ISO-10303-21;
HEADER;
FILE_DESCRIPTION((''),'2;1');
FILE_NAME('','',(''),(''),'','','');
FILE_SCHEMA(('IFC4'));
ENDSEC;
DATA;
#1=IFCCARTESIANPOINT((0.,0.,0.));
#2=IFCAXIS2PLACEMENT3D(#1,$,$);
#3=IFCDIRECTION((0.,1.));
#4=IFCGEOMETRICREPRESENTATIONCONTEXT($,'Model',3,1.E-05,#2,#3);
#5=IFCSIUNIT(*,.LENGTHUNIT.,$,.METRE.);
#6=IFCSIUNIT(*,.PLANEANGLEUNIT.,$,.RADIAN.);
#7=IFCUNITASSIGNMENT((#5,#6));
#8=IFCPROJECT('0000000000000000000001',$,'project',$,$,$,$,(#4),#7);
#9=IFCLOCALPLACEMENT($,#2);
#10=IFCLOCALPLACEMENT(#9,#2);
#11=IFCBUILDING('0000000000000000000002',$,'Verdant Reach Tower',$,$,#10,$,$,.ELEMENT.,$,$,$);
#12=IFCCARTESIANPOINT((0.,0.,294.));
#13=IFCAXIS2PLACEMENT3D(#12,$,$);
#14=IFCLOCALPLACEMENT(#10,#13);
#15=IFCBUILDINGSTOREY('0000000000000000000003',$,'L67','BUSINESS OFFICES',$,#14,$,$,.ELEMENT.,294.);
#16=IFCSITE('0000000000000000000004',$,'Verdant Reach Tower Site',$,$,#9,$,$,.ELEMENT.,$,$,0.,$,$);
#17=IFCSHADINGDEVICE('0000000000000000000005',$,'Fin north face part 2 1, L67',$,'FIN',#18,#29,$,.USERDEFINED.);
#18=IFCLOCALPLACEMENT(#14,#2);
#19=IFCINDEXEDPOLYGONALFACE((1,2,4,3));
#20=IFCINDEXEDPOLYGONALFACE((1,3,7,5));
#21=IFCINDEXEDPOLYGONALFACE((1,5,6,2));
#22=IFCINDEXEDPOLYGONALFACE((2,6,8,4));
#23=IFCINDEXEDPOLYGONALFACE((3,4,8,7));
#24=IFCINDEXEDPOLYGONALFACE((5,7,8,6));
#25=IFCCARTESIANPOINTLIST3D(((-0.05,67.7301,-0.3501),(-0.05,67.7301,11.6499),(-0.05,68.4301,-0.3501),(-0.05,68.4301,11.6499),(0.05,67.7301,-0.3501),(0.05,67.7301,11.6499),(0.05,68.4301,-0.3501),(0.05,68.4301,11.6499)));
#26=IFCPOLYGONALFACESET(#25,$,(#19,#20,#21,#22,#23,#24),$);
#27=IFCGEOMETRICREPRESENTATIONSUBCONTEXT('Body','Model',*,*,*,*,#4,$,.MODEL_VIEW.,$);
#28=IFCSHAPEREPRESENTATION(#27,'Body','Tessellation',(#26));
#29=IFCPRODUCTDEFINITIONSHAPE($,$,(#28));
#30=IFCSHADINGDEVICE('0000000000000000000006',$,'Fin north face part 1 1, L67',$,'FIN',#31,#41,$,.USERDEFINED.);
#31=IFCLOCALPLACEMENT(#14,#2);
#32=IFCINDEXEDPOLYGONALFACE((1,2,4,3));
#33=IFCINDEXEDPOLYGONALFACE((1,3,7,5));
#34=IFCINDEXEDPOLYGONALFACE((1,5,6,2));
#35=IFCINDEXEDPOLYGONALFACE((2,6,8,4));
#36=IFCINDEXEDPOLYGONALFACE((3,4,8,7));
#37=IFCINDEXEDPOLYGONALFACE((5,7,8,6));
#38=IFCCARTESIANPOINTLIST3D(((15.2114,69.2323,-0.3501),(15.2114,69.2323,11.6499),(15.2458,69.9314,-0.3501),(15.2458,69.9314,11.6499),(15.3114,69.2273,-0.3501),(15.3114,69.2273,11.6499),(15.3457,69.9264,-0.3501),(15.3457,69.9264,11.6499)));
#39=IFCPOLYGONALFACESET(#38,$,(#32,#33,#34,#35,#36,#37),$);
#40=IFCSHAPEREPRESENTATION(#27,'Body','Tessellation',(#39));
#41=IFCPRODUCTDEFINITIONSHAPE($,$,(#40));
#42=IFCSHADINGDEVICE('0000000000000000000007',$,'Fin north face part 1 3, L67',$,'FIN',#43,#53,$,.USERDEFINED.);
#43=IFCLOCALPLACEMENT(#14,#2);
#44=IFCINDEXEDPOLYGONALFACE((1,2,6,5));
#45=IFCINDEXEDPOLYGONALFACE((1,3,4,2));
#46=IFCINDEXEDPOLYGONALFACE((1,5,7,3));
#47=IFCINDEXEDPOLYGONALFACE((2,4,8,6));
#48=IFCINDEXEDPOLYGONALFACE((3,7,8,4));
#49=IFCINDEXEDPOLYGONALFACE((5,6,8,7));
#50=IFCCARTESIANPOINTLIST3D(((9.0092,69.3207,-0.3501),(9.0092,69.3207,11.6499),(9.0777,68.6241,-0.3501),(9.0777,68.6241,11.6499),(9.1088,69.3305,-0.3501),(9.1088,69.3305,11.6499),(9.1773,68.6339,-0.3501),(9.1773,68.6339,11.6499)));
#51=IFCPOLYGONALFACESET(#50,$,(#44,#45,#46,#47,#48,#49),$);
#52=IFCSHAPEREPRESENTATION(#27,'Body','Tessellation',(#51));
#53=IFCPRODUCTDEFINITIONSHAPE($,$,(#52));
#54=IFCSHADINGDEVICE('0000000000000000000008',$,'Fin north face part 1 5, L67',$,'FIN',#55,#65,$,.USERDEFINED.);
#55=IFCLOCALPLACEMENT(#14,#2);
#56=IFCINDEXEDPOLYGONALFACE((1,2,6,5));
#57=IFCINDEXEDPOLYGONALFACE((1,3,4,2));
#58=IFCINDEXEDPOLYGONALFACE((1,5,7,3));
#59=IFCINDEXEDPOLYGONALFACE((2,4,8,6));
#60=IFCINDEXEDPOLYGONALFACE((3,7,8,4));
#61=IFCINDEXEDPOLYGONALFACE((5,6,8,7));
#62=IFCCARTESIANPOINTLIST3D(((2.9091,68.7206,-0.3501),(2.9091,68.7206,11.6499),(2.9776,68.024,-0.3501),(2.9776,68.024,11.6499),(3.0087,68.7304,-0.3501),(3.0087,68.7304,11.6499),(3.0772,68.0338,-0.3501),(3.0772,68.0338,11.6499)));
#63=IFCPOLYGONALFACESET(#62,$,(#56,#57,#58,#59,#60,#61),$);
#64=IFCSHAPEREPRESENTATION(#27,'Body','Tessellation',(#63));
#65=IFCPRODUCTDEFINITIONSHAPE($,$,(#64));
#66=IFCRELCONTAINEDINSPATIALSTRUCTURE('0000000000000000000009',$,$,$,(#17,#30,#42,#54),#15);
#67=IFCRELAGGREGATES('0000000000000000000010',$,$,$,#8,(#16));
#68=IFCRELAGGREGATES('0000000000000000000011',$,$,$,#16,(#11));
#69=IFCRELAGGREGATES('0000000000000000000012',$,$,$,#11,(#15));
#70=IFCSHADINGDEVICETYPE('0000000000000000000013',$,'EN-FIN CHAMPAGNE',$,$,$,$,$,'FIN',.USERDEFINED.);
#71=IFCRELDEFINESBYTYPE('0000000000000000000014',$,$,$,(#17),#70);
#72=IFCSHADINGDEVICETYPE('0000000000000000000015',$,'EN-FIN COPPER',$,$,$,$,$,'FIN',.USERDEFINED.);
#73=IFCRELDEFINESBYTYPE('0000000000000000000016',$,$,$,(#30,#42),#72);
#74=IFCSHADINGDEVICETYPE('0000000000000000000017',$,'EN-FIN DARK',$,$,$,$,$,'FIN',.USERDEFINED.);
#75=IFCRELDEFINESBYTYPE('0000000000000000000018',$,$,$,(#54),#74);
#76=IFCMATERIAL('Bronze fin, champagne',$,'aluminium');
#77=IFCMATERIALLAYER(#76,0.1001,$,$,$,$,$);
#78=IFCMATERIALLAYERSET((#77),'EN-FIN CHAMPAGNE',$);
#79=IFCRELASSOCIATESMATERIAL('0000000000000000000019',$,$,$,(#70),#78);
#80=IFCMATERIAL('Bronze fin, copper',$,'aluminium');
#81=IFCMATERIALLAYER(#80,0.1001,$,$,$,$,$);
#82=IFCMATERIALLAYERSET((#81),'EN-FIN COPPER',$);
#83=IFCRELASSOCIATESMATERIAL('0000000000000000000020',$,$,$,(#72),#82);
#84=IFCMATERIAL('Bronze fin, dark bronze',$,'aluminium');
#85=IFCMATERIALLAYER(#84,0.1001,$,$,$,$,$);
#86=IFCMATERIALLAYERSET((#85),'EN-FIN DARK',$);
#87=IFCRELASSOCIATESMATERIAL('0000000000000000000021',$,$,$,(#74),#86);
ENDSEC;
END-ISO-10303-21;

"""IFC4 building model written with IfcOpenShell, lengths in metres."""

from ifc_helpers import new_model, si_unit, direction, frame, origin, origin_2d, place, context, subcontext, project, spatial, rectangle, extrude, material, layer, layer_set, type_object, element, save


model = new_model("IFC4")

# Units and contexts
model_context = context("Model", 3, precision=1e-05, world=origin(), true_north=direction((0.0, 1.0)))
body_context = subcontext(model_context, "Body", "Model", "MODEL_VIEW")
ifc_project = project(units=[si_unit("LENGTHUNIT", "METRE"), si_unit("PLANEANGLEUNIT", "RADIAN")], contexts=[model_context])

# Site, building, storey
site_placement = place(None, origin())
site = spatial("IfcSite", under=ifc_project, at=site_placement, Name="Verdant Reach Tower Site", CompositionType="ELEMENT", RefElevation=0.0)
building_placement = place(site_placement, origin())
building = spatial("IfcBuilding", under=site, at=building_placement, Name="Verdant Reach Tower", CompositionType="ELEMENT")
storey_placement = place(building_placement, frame((0.0, 0.0, 294.0)))
storey = spatial("IfcBuildingStorey", under=building, at=storey_placement, Name="L67", Description="BUSINESS OFFICES", CompositionType="ELEMENT", Elevation=294.0)

# Shading devices
ifc_material_1 = material(Name="Bronze fin, champagne", Category="aluminium")
ifc_layer_1 = layer(ifc_material_1, 0.1001)
ifc_layer_set_1 = layer_set([ifc_layer_1], Name="EN-FIN CHAMPAGNE")
shading_device_type_1 = type_object("IfcShadingDeviceType", Name="EN-FIN CHAMPAGNE", ElementType="FIN", PredefinedType="USERDEFINED", material=ifc_layer_set_1)
shading_device_1_placement = place(storey_placement, frame((0.0, 68.0801, -0.3501), z_axis=(0.0, 0.0, 1.0), x_axis=(-1.0, 0.0, 0.0)))
element("IfcShadingDevice", 1, at=shading_device_1_placement, inside=storey, type_object=shading_device_type_1, Name="Fin north face part 2 1, L67", ObjectType="FIN", PredefinedType="USERDEFINED", context=body_context, shape_type="SweptSolid", body=[
    extrude(rectangle(XDim=0.1001, YDim=0.7, at=origin_2d()), origin(), (0.0, 0.0, 1.0), 12.0),
])
ifc_material_2 = material(Name="Bronze fin, copper", Category="aluminium")
ifc_layer_2 = layer(ifc_material_2, 0.1001)
ifc_layer_set_2 = layer_set([ifc_layer_2], Name="EN-FIN COPPER")
shading_device_type_2 = type_object("IfcShadingDeviceType", Name="EN-FIN COPPER", ElementType="FIN", PredefinedType="USERDEFINED", material=ifc_layer_set_2)
for number, where, z_axis, x_axis, name in (
    (2, (15.2786, 69.5793, -0.3501), (0.0, 0.0, 1.0), (-0.998793, 0.049128, 0.0), "Fin north face part 1 1, L67"),
    (3, (9.0933, 68.9773, -0.3501), (0.0, 0.0, 1.0), (-0.995197, -0.097888, 0.0), "Fin north face part 1 3, L67"),
):
    element("IfcShadingDevice", number, at=place(storey_placement, frame(where, z_axis=z_axis, x_axis=x_axis)), inside=storey, type_object=shading_device_type_2, Name=name, ObjectType="FIN", PredefinedType="USERDEFINED", context=body_context, shape_type="SweptSolid", body=[
        extrude(rectangle(XDim=0.1001, YDim=0.7, at=origin_2d()), origin(), (0.0, 0.0, 1.0), 12.0),
    ])
ifc_material_3 = material(Name="Bronze fin, dark bronze", Category="aluminium")
ifc_layer_3 = layer(ifc_material_3, 0.1001)
ifc_layer_set_3 = layer_set([ifc_layer_3], Name="EN-FIN DARK")
shading_device_type_3 = type_object("IfcShadingDeviceType", Name="EN-FIN DARK", ElementType="FIN", PredefinedType="USERDEFINED", material=ifc_layer_set_3)
shading_device_2_placement = place(storey_placement, frame((2.9932, 68.3772, -0.3501), z_axis=(0.0, 0.0, 1.0), x_axis=(-0.995197, -0.097888, 0.0)))
element("IfcShadingDevice", 4, at=shading_device_2_placement, inside=storey, type_object=shading_device_type_3, Name="Fin north face part 1 5, L67", ObjectType="FIN", PredefinedType="USERDEFINED", context=body_context, shape_type="SweptSolid", body=[
    extrude(rectangle(XDim=0.1001, YDim=0.7, at=origin_2d()), origin(), (0.0, 0.0, 1.0), 12.0),
])

save(model, "model.ifc")
